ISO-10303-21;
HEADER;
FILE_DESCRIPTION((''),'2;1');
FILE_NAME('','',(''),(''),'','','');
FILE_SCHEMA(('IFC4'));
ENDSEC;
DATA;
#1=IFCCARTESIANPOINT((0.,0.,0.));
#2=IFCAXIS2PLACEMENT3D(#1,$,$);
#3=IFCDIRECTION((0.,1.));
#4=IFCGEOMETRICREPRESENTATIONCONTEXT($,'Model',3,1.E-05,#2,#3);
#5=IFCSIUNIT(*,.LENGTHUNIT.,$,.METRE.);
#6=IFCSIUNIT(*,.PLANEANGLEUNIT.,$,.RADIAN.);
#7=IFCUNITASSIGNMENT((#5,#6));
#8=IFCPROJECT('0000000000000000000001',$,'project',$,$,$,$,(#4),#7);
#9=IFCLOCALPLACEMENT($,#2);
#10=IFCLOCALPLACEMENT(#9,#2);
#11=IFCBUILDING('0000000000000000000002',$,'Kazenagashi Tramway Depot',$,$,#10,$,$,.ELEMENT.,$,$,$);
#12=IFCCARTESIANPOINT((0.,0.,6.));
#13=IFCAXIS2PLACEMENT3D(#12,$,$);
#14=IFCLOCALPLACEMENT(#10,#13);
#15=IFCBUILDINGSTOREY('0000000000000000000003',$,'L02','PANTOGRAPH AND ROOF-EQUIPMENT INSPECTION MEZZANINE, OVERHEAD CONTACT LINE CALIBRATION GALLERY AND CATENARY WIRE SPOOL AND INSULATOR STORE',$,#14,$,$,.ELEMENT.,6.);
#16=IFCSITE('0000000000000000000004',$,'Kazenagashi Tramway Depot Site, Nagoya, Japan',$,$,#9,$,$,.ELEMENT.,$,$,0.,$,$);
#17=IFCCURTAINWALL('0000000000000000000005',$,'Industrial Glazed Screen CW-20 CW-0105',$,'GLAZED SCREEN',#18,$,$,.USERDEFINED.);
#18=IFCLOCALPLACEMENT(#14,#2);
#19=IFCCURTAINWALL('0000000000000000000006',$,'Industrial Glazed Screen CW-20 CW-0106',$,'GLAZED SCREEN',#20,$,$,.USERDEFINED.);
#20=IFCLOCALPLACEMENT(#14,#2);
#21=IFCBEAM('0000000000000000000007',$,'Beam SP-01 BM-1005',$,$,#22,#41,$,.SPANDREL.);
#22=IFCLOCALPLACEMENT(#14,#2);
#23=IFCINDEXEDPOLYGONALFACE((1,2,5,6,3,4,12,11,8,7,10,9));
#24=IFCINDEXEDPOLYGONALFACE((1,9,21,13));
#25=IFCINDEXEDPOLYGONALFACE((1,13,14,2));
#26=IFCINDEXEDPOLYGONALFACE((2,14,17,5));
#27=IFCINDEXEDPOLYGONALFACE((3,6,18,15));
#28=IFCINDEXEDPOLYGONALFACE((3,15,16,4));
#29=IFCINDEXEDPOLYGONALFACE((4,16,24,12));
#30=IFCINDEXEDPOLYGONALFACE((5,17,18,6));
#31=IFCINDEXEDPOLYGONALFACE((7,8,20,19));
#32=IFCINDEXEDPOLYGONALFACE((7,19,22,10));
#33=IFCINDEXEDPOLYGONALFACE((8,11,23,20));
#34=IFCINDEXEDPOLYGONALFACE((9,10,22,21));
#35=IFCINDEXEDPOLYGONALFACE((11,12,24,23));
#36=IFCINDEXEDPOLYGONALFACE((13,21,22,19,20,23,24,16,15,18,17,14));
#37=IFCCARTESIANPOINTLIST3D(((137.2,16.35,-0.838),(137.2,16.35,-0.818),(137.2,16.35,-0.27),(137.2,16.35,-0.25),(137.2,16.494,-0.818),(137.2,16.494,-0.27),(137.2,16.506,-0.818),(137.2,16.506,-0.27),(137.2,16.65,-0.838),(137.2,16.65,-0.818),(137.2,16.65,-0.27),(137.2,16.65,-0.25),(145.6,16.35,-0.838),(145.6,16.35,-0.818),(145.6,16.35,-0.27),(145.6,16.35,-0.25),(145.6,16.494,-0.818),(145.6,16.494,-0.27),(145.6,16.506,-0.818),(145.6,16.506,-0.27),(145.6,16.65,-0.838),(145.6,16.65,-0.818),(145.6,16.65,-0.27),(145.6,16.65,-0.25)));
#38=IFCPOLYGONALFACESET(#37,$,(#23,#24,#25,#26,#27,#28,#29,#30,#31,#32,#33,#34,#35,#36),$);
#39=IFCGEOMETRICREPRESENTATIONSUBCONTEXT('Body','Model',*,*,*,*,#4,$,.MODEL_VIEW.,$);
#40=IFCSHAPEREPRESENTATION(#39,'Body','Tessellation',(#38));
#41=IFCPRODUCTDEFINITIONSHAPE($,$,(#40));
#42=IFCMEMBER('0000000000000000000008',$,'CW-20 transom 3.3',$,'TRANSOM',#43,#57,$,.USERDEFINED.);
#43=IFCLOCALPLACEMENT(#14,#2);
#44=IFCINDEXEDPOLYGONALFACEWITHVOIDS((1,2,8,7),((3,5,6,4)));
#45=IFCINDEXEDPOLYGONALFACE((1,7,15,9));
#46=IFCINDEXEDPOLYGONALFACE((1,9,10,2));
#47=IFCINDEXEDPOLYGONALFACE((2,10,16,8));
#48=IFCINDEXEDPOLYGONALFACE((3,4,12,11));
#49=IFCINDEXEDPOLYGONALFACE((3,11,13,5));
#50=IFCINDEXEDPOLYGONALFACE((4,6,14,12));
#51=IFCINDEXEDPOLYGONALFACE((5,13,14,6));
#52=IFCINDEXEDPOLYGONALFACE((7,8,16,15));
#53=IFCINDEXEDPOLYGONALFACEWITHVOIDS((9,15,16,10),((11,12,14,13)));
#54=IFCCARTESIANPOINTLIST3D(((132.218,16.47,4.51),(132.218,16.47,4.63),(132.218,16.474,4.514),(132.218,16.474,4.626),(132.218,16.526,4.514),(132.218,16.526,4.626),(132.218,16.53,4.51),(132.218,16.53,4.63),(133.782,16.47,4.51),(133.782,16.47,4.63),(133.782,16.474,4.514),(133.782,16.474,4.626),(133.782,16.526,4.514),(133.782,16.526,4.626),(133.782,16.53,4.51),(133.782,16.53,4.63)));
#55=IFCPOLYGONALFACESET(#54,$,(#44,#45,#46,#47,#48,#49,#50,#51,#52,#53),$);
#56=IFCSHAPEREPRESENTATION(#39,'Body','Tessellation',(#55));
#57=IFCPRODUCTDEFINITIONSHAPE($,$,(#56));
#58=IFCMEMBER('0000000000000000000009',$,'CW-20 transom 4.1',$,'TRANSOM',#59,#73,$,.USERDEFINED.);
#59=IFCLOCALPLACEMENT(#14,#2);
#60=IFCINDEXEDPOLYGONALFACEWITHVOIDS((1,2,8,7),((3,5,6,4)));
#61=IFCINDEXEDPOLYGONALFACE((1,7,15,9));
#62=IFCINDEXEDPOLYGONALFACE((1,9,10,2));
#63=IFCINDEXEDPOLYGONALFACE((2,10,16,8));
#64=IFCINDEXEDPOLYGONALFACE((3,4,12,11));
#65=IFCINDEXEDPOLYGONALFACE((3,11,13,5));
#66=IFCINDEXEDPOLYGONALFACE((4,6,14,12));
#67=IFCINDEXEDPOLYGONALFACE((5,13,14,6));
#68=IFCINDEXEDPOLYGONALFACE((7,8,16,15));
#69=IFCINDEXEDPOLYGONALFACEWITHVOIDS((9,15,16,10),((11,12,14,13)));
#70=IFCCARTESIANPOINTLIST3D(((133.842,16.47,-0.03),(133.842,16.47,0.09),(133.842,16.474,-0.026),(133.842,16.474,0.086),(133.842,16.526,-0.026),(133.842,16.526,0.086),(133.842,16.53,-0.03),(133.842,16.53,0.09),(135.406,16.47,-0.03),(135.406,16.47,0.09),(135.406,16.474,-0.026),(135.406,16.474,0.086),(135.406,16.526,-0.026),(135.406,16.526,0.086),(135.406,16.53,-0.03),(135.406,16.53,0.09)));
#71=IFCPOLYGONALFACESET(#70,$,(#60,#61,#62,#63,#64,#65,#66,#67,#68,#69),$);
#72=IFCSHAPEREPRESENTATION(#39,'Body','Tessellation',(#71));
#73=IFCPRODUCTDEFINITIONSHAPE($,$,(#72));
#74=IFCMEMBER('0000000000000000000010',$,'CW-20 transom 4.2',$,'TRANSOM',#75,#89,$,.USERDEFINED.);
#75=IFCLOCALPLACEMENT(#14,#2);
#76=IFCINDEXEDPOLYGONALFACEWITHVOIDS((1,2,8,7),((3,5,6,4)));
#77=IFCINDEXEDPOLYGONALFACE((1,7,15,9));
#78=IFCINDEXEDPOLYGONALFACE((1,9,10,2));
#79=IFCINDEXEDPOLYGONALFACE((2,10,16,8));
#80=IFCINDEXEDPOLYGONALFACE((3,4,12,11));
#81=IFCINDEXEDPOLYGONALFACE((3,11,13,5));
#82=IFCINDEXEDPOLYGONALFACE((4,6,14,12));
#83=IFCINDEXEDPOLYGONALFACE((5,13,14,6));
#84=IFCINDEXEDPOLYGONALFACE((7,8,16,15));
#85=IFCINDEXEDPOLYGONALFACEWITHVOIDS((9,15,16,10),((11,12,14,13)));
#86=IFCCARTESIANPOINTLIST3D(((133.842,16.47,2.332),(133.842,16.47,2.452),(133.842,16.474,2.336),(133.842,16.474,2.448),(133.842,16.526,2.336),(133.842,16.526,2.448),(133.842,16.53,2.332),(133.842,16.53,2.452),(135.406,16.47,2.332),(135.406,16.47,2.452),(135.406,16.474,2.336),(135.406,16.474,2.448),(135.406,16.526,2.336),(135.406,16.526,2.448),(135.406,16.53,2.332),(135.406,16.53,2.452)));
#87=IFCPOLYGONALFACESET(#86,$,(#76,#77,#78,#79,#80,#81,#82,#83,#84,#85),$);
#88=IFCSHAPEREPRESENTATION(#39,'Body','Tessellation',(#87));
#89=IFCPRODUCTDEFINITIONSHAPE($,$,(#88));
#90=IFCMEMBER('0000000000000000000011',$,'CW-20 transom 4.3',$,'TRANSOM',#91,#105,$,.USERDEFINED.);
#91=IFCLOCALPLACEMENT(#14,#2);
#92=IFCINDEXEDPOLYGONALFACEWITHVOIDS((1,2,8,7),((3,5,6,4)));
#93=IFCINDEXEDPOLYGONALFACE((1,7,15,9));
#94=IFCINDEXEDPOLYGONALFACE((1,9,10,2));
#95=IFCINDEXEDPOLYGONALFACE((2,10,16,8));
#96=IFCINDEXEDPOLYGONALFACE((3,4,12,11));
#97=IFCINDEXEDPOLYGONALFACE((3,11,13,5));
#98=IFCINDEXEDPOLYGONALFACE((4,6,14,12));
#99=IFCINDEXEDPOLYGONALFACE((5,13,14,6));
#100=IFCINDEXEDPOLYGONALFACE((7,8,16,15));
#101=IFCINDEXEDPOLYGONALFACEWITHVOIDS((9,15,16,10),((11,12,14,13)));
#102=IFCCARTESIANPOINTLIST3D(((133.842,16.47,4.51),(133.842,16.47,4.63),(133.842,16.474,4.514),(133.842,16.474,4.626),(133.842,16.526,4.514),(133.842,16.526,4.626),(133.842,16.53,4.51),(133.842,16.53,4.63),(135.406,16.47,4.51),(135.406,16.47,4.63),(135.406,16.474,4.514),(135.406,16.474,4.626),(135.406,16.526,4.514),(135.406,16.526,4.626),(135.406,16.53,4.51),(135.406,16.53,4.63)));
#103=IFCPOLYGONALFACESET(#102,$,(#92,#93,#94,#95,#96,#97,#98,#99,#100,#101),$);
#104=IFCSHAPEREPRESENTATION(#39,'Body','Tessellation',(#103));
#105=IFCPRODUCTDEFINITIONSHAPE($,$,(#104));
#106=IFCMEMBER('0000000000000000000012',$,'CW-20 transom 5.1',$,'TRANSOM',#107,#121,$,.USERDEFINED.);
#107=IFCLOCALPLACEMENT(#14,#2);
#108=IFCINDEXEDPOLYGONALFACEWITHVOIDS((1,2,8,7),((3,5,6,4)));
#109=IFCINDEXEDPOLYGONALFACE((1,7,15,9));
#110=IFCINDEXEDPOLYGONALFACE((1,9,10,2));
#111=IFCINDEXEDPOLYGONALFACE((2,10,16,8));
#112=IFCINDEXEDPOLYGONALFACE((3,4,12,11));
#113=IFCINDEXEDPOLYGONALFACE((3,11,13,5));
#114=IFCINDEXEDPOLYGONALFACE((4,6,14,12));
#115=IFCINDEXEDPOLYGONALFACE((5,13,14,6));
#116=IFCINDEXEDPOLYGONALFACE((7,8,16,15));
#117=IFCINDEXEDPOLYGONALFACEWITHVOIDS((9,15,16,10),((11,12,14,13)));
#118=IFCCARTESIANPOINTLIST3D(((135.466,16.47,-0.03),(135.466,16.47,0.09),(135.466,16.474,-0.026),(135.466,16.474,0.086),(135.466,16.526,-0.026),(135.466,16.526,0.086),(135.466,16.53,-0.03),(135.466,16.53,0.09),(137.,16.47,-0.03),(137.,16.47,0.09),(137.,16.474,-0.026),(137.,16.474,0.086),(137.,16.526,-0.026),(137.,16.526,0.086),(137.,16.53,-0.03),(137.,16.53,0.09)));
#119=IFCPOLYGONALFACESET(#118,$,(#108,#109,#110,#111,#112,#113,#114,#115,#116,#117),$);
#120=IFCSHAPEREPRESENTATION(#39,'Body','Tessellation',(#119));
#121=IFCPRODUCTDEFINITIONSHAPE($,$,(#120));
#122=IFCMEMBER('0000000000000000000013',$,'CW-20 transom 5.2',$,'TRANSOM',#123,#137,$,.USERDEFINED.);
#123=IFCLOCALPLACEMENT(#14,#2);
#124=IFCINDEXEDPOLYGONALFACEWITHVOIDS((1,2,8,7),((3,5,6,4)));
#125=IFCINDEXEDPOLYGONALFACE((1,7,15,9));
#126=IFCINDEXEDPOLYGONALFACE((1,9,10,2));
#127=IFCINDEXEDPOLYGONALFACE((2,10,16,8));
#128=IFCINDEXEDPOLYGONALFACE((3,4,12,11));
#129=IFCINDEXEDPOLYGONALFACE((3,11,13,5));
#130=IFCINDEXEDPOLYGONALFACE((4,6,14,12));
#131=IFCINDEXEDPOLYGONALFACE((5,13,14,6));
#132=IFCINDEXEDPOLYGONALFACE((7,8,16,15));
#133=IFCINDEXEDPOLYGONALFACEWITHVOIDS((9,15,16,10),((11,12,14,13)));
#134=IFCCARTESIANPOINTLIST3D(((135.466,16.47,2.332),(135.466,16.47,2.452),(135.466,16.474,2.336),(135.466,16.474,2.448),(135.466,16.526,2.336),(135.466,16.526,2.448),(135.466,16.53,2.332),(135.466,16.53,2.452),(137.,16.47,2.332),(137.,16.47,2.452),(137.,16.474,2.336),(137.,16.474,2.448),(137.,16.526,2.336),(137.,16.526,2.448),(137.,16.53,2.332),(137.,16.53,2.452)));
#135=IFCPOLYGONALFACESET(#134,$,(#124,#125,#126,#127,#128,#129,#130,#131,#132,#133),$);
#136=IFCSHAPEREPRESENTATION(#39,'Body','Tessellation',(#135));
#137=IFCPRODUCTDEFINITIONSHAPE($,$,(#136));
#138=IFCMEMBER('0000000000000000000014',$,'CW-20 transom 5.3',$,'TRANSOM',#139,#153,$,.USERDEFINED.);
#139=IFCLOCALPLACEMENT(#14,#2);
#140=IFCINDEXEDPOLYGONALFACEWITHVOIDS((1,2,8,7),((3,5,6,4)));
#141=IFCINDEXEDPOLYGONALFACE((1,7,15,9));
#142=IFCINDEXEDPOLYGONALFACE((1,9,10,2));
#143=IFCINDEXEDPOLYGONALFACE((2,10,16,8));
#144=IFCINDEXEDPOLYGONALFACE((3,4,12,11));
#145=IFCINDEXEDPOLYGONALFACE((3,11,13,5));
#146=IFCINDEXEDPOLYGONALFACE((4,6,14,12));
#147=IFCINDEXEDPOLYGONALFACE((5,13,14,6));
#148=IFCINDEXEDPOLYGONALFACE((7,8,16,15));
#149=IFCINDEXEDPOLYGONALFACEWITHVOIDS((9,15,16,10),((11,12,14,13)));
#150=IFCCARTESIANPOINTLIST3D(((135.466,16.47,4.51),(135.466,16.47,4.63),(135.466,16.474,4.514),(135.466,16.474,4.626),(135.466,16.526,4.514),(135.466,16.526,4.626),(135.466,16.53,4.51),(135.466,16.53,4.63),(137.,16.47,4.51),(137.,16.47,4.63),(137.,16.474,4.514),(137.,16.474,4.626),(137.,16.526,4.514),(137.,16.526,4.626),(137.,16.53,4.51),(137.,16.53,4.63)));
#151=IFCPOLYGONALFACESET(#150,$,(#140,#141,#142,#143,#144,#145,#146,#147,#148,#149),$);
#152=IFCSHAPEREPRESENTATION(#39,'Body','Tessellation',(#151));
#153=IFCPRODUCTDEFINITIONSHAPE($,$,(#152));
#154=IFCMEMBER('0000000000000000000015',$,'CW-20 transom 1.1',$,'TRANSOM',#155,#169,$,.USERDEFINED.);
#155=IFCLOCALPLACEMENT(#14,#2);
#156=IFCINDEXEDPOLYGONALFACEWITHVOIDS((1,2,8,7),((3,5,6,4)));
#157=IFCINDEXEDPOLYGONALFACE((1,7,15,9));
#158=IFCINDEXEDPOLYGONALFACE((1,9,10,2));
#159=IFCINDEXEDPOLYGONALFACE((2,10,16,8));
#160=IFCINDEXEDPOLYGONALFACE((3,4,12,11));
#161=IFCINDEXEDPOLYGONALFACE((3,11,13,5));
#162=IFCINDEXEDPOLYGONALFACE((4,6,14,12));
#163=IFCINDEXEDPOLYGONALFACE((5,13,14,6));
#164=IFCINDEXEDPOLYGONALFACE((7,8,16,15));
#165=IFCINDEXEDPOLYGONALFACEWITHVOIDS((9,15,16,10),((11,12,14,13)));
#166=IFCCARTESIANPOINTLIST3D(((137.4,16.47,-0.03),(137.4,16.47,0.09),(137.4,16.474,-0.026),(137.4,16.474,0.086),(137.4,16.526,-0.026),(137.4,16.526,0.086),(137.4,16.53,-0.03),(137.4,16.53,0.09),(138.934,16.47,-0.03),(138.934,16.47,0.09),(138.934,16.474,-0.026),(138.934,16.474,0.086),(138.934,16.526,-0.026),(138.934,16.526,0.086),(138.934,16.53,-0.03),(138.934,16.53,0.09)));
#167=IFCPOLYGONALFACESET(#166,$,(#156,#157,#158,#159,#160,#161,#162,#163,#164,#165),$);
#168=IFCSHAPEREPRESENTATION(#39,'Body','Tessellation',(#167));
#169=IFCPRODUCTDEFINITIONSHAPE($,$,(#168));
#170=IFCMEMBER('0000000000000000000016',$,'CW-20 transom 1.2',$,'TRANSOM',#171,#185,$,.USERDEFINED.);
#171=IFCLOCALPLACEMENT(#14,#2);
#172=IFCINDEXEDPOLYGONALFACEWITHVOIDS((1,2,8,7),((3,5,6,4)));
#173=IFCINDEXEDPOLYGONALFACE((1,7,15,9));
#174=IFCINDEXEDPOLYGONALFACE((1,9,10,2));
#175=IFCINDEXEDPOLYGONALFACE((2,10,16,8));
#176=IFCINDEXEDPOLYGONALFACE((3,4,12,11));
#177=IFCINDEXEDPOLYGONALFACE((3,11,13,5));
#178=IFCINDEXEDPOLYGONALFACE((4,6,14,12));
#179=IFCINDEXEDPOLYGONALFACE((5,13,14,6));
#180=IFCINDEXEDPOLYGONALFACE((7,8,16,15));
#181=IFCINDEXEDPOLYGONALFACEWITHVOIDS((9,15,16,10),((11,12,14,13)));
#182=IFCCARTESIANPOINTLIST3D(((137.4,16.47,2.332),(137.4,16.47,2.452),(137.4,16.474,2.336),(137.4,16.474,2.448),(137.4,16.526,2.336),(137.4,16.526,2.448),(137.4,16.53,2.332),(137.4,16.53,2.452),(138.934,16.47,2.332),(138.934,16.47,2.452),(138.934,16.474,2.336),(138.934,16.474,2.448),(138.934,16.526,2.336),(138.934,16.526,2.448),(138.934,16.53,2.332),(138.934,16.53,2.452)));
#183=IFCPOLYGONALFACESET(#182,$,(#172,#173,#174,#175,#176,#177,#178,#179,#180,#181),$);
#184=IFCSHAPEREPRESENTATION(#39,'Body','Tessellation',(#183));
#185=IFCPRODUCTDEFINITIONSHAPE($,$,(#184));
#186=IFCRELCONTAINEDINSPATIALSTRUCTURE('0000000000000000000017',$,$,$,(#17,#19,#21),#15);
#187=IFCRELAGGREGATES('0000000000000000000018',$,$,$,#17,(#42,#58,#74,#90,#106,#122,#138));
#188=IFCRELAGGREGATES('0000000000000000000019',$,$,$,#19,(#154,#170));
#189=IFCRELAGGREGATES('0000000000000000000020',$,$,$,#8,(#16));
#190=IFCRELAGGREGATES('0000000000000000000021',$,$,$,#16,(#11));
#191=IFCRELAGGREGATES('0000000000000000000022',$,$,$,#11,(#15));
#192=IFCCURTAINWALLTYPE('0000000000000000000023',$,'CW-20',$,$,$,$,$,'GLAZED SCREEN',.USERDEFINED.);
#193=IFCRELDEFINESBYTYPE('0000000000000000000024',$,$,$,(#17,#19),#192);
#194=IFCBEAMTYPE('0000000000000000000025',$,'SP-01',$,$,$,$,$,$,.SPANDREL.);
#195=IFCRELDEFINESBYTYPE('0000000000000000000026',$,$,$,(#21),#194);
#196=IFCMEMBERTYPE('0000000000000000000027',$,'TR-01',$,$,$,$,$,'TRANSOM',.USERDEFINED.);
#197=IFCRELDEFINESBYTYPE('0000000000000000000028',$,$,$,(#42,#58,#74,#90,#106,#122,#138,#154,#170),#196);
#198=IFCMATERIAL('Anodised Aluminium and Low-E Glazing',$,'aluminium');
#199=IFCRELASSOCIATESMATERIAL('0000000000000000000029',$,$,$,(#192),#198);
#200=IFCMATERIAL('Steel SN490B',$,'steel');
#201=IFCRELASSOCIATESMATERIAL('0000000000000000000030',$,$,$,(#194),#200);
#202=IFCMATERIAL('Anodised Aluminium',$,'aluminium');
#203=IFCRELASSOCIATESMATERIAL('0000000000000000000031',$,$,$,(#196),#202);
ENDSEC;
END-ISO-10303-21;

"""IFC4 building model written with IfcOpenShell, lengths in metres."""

from ifc_helpers import new_model, si_unit, direction, frame, origin, origin_2d, place, context, subcontext, project, spatial, hollow_rectangle, i_section, extrude, material, material_profile, profile_set, type_object, element, aggregate, save


model = new_model("IFC4")

# Units and contexts
model_context = context("Model", 3, precision=1e-05, world=origin(), true_north=direction((0.0, 1.0)))
body_context = subcontext(model_context, "Body", "Model", "MODEL_VIEW")
ifc_project = project(units=[si_unit("LENGTHUNIT", "METRE"), si_unit("PLANEANGLEUNIT", "RADIAN")], contexts=[model_context])

# Site, building, storey
site_placement = place(None, origin())
site = spatial("IfcSite", under=ifc_project, at=site_placement, Name="Kazenagashi Tramway Depot Site, Nagoya, Japan", CompositionType="ELEMENT", RefElevation=0.0)
building_placement = place(site_placement, origin())
building = spatial("IfcBuilding", under=site, at=building_placement, Name="Kazenagashi Tramway Depot", CompositionType="ELEMENT")
storey_placement = place(building_placement, frame((0.0, 0.0, 6.0)))
storey = spatial("IfcBuildingStorey", under=building, at=storey_placement, Name="L02", Description="PANTOGRAPH AND ROOF-EQUIPMENT INSPECTION MEZZANINE, OVERHEAD CONTACT LINE CALIBRATION GALLERY AND CATENARY WIRE SPOOL AND INSULATOR STORE", CompositionType="ELEMENT", Elevation=6.0)

# Shared definitions
ifc_material_1 = material(Name="Steel SN490B", Category="steel")

# Curtain walls
ifc_material_2 = material(Name="Anodised Aluminium and Low-E Glazing", Category="aluminium")
curtain_wall_type = type_object("IfcCurtainWallType", Name="CW-20", ElementType="GLAZED SCREEN", PredefinedType="USERDEFINED", material=ifc_material_2)
curtain_wall_1_placement = place(storey_placement, origin())
curtain_wall_1 = element("IfcCurtainWall", 1, at=curtain_wall_1_placement, inside=storey, type_object=curtain_wall_type, Name="Industrial Glazed Screen CW-20 CW-0105", ObjectType="GLAZED SCREEN", PredefinedType="USERDEFINED")
ifc_material_3 = material(Name="Anodised Aluminium", Category="aluminium")
curtain_wall_2_placement = place(storey_placement, origin())
curtain_wall_2 = element("IfcCurtainWall", 2, at=curtain_wall_2_placement, inside=storey, type_object=curtain_wall_type, Name="Industrial Glazed Screen CW-20 CW-0106", ObjectType="GLAZED SCREEN", PredefinedType="USERDEFINED")

# Beam
ifc_material_profile_1 = material_profile(ifc_material_1, i_section(OverallWidth=0.3, OverallDepth=0.588, WebThickness=0.012, FlangeThickness=0.02, at=origin_2d()), Name="H-588x300x12x20")
ifc_profile_set_1 = profile_set([ifc_material_profile_1], Name="Steel SN490B")
beam_type_1 = type_object("IfcBeamType", Name="SP-01", PredefinedType="SPANDREL", material=ifc_profile_set_1)
beam_1_placement = place(storey_placement, frame((137.2, 16.5, -0.544), z_axis=(1.0, 0.0, 0.0), x_axis=(0.0, 1.0, 0.0)))
element("IfcBeam", 3, at=beam_1_placement, inside=storey, type_object=beam_type_1, Name="Beam SP-01 BM-1005", PredefinedType="SPANDREL", context=body_context, shape_type="SweptSolid", body=[
    extrude(i_section(OverallWidth=0.3, OverallDepth=0.588, WebThickness=0.012, FlangeThickness=0.02, at=origin_2d()), origin(), (0.0, 0.0, 1.0), 8.4),
])

# Members
ifc_material_profile_2 = material_profile(ifc_material_3, hollow_rectangle(XDim=0.06, YDim=0.12, WallThickness=0.004, at=origin_2d()), Name="RHS-120x60x4")
ifc_profile_set_2 = profile_set([ifc_material_profile_2], Name="Anodised Aluminium")
member_type_1 = type_object("IfcMemberType", Name="TR-01", ElementType="TRANSOM", PredefinedType="USERDEFINED", material=ifc_profile_set_2)
member_1_placement = place(storey_placement, frame((132.218, 16.5, 4.57), z_axis=(1.0, 0.0, 0.0), x_axis=(0.0, 1.0, 0.0)))
member_1 = element("IfcMember", 4, at=member_1_placement, type_object=member_type_1, Name="CW-20 transom 3.3", ObjectType="TRANSOM", PredefinedType="USERDEFINED", context=body_context, shape_type="SweptSolid", body=[
    extrude(hollow_rectangle(XDim=0.06, YDim=0.12, WallThickness=0.004, at=origin_2d()), origin(), (0.0, 0.0, 1.0), 1.564),
])
member_2_placement = place(storey_placement, frame((133.842, 16.5, 0.03), z_axis=(1.0, 0.0, 0.0), x_axis=(0.0, 1.0, 0.0)))
member_2 = element("IfcMember", 5, at=member_2_placement, type_object=member_type_1, Name="CW-20 transom 4.1", ObjectType="TRANSOM", PredefinedType="USERDEFINED", context=body_context, shape_type="SweptSolid", body=[
    extrude(hollow_rectangle(XDim=0.06, YDim=0.12, WallThickness=0.004, at=origin_2d()), origin(), (0.0, 0.0, 1.0), 1.564),
])
member_3_placement = place(storey_placement, frame((133.842, 16.5, 2.392), z_axis=(1.0, 0.0, 0.0), x_axis=(0.0, 1.0, 0.0)))
member_3 = element("IfcMember", 6, at=member_3_placement, type_object=member_type_1, Name="CW-20 transom 4.2", ObjectType="TRANSOM", PredefinedType="USERDEFINED", context=body_context, shape_type="SweptSolid", body=[
    extrude(hollow_rectangle(XDim=0.06, YDim=0.12, WallThickness=0.004, at=origin_2d()), origin(), (0.0, 0.0, 1.0), 1.564),
])
member_4_placement = place(storey_placement, frame((133.842, 16.5, 4.57), z_axis=(1.0, 0.0, 0.0), x_axis=(0.0, 1.0, 0.0)))
member_4 = element("IfcMember", 7, at=member_4_placement, type_object=member_type_1, Name="CW-20 transom 4.3", ObjectType="TRANSOM", PredefinedType="USERDEFINED", context=body_context, shape_type="SweptSolid", body=[
    extrude(hollow_rectangle(XDim=0.06, YDim=0.12, WallThickness=0.004, at=origin_2d()), origin(), (0.0, 0.0, 1.0), 1.564),
])
member_5_placement = place(storey_placement, frame((135.466, 16.5, 0.03), z_axis=(1.0, 0.0, 0.0), x_axis=(0.0, 1.0, 0.0)))
member_5 = element("IfcMember", 8, at=member_5_placement, type_object=member_type_1, Name="CW-20 transom 5.1", ObjectType="TRANSOM", PredefinedType="USERDEFINED", context=body_context, shape_type="SweptSolid", body=[
    extrude(hollow_rectangle(XDim=0.06, YDim=0.12, WallThickness=0.004, at=origin_2d()), origin(), (0.0, 0.0, 1.0), 1.534),
])
member_6_placement = place(storey_placement, frame((135.466, 16.5, 2.392), z_axis=(1.0, 0.0, 0.0), x_axis=(0.0, 1.0, 0.0)))
member_6 = element("IfcMember", 9, at=member_6_placement, type_object=member_type_1, Name="CW-20 transom 5.2", ObjectType="TRANSOM", PredefinedType="USERDEFINED", context=body_context, shape_type="SweptSolid", body=[
    extrude(hollow_rectangle(XDim=0.06, YDim=0.12, WallThickness=0.004, at=origin_2d()), origin(), (0.0, 0.0, 1.0), 1.534),
])
member_7_placement = place(storey_placement, frame((135.466, 16.5, 4.57), z_axis=(1.0, 0.0, 0.0), x_axis=(0.0, 1.0, 0.0)))
member_7 = element("IfcMember", 10, at=member_7_placement, type_object=member_type_1, Name="CW-20 transom 5.3", ObjectType="TRANSOM", PredefinedType="USERDEFINED", context=body_context, shape_type="SweptSolid", body=[
    extrude(hollow_rectangle(XDim=0.06, YDim=0.12, WallThickness=0.004, at=origin_2d()), origin(), (0.0, 0.0, 1.0), 1.534),
])
member_8_placement = place(storey_placement, frame((137.4, 16.5, 0.03), z_axis=(1.0, 0.0, 0.0), x_axis=(0.0, 1.0, 0.0)))
member_8 = element("IfcMember", 11, at=member_8_placement, type_object=member_type_1, Name="CW-20 transom 1.1", ObjectType="TRANSOM", PredefinedType="USERDEFINED", context=body_context, shape_type="SweptSolid", body=[
    extrude(hollow_rectangle(XDim=0.06, YDim=0.12, WallThickness=0.004, at=origin_2d()), origin(), (0.0, 0.0, 1.0), 1.534),
])
member_9_placement = place(storey_placement, frame((137.4, 16.5, 2.392), z_axis=(1.0, 0.0, 0.0), x_axis=(0.0, 1.0, 0.0)))
member_9 = element("IfcMember", 12, at=member_9_placement, type_object=member_type_1, Name="CW-20 transom 1.2", ObjectType="TRANSOM", PredefinedType="USERDEFINED", context=body_context, shape_type="SweptSolid", body=[
    extrude(hollow_rectangle(XDim=0.06, YDim=0.12, WallThickness=0.004, at=origin_2d()), origin(), (0.0, 0.0, 1.0), 1.534),
])

aggregate(curtain_wall_1, [member_1, member_2, member_3, member_4, member_5, member_6, member_7])
aggregate(curtain_wall_2, [member_8, member_9])

save(model, "model.ifc")
